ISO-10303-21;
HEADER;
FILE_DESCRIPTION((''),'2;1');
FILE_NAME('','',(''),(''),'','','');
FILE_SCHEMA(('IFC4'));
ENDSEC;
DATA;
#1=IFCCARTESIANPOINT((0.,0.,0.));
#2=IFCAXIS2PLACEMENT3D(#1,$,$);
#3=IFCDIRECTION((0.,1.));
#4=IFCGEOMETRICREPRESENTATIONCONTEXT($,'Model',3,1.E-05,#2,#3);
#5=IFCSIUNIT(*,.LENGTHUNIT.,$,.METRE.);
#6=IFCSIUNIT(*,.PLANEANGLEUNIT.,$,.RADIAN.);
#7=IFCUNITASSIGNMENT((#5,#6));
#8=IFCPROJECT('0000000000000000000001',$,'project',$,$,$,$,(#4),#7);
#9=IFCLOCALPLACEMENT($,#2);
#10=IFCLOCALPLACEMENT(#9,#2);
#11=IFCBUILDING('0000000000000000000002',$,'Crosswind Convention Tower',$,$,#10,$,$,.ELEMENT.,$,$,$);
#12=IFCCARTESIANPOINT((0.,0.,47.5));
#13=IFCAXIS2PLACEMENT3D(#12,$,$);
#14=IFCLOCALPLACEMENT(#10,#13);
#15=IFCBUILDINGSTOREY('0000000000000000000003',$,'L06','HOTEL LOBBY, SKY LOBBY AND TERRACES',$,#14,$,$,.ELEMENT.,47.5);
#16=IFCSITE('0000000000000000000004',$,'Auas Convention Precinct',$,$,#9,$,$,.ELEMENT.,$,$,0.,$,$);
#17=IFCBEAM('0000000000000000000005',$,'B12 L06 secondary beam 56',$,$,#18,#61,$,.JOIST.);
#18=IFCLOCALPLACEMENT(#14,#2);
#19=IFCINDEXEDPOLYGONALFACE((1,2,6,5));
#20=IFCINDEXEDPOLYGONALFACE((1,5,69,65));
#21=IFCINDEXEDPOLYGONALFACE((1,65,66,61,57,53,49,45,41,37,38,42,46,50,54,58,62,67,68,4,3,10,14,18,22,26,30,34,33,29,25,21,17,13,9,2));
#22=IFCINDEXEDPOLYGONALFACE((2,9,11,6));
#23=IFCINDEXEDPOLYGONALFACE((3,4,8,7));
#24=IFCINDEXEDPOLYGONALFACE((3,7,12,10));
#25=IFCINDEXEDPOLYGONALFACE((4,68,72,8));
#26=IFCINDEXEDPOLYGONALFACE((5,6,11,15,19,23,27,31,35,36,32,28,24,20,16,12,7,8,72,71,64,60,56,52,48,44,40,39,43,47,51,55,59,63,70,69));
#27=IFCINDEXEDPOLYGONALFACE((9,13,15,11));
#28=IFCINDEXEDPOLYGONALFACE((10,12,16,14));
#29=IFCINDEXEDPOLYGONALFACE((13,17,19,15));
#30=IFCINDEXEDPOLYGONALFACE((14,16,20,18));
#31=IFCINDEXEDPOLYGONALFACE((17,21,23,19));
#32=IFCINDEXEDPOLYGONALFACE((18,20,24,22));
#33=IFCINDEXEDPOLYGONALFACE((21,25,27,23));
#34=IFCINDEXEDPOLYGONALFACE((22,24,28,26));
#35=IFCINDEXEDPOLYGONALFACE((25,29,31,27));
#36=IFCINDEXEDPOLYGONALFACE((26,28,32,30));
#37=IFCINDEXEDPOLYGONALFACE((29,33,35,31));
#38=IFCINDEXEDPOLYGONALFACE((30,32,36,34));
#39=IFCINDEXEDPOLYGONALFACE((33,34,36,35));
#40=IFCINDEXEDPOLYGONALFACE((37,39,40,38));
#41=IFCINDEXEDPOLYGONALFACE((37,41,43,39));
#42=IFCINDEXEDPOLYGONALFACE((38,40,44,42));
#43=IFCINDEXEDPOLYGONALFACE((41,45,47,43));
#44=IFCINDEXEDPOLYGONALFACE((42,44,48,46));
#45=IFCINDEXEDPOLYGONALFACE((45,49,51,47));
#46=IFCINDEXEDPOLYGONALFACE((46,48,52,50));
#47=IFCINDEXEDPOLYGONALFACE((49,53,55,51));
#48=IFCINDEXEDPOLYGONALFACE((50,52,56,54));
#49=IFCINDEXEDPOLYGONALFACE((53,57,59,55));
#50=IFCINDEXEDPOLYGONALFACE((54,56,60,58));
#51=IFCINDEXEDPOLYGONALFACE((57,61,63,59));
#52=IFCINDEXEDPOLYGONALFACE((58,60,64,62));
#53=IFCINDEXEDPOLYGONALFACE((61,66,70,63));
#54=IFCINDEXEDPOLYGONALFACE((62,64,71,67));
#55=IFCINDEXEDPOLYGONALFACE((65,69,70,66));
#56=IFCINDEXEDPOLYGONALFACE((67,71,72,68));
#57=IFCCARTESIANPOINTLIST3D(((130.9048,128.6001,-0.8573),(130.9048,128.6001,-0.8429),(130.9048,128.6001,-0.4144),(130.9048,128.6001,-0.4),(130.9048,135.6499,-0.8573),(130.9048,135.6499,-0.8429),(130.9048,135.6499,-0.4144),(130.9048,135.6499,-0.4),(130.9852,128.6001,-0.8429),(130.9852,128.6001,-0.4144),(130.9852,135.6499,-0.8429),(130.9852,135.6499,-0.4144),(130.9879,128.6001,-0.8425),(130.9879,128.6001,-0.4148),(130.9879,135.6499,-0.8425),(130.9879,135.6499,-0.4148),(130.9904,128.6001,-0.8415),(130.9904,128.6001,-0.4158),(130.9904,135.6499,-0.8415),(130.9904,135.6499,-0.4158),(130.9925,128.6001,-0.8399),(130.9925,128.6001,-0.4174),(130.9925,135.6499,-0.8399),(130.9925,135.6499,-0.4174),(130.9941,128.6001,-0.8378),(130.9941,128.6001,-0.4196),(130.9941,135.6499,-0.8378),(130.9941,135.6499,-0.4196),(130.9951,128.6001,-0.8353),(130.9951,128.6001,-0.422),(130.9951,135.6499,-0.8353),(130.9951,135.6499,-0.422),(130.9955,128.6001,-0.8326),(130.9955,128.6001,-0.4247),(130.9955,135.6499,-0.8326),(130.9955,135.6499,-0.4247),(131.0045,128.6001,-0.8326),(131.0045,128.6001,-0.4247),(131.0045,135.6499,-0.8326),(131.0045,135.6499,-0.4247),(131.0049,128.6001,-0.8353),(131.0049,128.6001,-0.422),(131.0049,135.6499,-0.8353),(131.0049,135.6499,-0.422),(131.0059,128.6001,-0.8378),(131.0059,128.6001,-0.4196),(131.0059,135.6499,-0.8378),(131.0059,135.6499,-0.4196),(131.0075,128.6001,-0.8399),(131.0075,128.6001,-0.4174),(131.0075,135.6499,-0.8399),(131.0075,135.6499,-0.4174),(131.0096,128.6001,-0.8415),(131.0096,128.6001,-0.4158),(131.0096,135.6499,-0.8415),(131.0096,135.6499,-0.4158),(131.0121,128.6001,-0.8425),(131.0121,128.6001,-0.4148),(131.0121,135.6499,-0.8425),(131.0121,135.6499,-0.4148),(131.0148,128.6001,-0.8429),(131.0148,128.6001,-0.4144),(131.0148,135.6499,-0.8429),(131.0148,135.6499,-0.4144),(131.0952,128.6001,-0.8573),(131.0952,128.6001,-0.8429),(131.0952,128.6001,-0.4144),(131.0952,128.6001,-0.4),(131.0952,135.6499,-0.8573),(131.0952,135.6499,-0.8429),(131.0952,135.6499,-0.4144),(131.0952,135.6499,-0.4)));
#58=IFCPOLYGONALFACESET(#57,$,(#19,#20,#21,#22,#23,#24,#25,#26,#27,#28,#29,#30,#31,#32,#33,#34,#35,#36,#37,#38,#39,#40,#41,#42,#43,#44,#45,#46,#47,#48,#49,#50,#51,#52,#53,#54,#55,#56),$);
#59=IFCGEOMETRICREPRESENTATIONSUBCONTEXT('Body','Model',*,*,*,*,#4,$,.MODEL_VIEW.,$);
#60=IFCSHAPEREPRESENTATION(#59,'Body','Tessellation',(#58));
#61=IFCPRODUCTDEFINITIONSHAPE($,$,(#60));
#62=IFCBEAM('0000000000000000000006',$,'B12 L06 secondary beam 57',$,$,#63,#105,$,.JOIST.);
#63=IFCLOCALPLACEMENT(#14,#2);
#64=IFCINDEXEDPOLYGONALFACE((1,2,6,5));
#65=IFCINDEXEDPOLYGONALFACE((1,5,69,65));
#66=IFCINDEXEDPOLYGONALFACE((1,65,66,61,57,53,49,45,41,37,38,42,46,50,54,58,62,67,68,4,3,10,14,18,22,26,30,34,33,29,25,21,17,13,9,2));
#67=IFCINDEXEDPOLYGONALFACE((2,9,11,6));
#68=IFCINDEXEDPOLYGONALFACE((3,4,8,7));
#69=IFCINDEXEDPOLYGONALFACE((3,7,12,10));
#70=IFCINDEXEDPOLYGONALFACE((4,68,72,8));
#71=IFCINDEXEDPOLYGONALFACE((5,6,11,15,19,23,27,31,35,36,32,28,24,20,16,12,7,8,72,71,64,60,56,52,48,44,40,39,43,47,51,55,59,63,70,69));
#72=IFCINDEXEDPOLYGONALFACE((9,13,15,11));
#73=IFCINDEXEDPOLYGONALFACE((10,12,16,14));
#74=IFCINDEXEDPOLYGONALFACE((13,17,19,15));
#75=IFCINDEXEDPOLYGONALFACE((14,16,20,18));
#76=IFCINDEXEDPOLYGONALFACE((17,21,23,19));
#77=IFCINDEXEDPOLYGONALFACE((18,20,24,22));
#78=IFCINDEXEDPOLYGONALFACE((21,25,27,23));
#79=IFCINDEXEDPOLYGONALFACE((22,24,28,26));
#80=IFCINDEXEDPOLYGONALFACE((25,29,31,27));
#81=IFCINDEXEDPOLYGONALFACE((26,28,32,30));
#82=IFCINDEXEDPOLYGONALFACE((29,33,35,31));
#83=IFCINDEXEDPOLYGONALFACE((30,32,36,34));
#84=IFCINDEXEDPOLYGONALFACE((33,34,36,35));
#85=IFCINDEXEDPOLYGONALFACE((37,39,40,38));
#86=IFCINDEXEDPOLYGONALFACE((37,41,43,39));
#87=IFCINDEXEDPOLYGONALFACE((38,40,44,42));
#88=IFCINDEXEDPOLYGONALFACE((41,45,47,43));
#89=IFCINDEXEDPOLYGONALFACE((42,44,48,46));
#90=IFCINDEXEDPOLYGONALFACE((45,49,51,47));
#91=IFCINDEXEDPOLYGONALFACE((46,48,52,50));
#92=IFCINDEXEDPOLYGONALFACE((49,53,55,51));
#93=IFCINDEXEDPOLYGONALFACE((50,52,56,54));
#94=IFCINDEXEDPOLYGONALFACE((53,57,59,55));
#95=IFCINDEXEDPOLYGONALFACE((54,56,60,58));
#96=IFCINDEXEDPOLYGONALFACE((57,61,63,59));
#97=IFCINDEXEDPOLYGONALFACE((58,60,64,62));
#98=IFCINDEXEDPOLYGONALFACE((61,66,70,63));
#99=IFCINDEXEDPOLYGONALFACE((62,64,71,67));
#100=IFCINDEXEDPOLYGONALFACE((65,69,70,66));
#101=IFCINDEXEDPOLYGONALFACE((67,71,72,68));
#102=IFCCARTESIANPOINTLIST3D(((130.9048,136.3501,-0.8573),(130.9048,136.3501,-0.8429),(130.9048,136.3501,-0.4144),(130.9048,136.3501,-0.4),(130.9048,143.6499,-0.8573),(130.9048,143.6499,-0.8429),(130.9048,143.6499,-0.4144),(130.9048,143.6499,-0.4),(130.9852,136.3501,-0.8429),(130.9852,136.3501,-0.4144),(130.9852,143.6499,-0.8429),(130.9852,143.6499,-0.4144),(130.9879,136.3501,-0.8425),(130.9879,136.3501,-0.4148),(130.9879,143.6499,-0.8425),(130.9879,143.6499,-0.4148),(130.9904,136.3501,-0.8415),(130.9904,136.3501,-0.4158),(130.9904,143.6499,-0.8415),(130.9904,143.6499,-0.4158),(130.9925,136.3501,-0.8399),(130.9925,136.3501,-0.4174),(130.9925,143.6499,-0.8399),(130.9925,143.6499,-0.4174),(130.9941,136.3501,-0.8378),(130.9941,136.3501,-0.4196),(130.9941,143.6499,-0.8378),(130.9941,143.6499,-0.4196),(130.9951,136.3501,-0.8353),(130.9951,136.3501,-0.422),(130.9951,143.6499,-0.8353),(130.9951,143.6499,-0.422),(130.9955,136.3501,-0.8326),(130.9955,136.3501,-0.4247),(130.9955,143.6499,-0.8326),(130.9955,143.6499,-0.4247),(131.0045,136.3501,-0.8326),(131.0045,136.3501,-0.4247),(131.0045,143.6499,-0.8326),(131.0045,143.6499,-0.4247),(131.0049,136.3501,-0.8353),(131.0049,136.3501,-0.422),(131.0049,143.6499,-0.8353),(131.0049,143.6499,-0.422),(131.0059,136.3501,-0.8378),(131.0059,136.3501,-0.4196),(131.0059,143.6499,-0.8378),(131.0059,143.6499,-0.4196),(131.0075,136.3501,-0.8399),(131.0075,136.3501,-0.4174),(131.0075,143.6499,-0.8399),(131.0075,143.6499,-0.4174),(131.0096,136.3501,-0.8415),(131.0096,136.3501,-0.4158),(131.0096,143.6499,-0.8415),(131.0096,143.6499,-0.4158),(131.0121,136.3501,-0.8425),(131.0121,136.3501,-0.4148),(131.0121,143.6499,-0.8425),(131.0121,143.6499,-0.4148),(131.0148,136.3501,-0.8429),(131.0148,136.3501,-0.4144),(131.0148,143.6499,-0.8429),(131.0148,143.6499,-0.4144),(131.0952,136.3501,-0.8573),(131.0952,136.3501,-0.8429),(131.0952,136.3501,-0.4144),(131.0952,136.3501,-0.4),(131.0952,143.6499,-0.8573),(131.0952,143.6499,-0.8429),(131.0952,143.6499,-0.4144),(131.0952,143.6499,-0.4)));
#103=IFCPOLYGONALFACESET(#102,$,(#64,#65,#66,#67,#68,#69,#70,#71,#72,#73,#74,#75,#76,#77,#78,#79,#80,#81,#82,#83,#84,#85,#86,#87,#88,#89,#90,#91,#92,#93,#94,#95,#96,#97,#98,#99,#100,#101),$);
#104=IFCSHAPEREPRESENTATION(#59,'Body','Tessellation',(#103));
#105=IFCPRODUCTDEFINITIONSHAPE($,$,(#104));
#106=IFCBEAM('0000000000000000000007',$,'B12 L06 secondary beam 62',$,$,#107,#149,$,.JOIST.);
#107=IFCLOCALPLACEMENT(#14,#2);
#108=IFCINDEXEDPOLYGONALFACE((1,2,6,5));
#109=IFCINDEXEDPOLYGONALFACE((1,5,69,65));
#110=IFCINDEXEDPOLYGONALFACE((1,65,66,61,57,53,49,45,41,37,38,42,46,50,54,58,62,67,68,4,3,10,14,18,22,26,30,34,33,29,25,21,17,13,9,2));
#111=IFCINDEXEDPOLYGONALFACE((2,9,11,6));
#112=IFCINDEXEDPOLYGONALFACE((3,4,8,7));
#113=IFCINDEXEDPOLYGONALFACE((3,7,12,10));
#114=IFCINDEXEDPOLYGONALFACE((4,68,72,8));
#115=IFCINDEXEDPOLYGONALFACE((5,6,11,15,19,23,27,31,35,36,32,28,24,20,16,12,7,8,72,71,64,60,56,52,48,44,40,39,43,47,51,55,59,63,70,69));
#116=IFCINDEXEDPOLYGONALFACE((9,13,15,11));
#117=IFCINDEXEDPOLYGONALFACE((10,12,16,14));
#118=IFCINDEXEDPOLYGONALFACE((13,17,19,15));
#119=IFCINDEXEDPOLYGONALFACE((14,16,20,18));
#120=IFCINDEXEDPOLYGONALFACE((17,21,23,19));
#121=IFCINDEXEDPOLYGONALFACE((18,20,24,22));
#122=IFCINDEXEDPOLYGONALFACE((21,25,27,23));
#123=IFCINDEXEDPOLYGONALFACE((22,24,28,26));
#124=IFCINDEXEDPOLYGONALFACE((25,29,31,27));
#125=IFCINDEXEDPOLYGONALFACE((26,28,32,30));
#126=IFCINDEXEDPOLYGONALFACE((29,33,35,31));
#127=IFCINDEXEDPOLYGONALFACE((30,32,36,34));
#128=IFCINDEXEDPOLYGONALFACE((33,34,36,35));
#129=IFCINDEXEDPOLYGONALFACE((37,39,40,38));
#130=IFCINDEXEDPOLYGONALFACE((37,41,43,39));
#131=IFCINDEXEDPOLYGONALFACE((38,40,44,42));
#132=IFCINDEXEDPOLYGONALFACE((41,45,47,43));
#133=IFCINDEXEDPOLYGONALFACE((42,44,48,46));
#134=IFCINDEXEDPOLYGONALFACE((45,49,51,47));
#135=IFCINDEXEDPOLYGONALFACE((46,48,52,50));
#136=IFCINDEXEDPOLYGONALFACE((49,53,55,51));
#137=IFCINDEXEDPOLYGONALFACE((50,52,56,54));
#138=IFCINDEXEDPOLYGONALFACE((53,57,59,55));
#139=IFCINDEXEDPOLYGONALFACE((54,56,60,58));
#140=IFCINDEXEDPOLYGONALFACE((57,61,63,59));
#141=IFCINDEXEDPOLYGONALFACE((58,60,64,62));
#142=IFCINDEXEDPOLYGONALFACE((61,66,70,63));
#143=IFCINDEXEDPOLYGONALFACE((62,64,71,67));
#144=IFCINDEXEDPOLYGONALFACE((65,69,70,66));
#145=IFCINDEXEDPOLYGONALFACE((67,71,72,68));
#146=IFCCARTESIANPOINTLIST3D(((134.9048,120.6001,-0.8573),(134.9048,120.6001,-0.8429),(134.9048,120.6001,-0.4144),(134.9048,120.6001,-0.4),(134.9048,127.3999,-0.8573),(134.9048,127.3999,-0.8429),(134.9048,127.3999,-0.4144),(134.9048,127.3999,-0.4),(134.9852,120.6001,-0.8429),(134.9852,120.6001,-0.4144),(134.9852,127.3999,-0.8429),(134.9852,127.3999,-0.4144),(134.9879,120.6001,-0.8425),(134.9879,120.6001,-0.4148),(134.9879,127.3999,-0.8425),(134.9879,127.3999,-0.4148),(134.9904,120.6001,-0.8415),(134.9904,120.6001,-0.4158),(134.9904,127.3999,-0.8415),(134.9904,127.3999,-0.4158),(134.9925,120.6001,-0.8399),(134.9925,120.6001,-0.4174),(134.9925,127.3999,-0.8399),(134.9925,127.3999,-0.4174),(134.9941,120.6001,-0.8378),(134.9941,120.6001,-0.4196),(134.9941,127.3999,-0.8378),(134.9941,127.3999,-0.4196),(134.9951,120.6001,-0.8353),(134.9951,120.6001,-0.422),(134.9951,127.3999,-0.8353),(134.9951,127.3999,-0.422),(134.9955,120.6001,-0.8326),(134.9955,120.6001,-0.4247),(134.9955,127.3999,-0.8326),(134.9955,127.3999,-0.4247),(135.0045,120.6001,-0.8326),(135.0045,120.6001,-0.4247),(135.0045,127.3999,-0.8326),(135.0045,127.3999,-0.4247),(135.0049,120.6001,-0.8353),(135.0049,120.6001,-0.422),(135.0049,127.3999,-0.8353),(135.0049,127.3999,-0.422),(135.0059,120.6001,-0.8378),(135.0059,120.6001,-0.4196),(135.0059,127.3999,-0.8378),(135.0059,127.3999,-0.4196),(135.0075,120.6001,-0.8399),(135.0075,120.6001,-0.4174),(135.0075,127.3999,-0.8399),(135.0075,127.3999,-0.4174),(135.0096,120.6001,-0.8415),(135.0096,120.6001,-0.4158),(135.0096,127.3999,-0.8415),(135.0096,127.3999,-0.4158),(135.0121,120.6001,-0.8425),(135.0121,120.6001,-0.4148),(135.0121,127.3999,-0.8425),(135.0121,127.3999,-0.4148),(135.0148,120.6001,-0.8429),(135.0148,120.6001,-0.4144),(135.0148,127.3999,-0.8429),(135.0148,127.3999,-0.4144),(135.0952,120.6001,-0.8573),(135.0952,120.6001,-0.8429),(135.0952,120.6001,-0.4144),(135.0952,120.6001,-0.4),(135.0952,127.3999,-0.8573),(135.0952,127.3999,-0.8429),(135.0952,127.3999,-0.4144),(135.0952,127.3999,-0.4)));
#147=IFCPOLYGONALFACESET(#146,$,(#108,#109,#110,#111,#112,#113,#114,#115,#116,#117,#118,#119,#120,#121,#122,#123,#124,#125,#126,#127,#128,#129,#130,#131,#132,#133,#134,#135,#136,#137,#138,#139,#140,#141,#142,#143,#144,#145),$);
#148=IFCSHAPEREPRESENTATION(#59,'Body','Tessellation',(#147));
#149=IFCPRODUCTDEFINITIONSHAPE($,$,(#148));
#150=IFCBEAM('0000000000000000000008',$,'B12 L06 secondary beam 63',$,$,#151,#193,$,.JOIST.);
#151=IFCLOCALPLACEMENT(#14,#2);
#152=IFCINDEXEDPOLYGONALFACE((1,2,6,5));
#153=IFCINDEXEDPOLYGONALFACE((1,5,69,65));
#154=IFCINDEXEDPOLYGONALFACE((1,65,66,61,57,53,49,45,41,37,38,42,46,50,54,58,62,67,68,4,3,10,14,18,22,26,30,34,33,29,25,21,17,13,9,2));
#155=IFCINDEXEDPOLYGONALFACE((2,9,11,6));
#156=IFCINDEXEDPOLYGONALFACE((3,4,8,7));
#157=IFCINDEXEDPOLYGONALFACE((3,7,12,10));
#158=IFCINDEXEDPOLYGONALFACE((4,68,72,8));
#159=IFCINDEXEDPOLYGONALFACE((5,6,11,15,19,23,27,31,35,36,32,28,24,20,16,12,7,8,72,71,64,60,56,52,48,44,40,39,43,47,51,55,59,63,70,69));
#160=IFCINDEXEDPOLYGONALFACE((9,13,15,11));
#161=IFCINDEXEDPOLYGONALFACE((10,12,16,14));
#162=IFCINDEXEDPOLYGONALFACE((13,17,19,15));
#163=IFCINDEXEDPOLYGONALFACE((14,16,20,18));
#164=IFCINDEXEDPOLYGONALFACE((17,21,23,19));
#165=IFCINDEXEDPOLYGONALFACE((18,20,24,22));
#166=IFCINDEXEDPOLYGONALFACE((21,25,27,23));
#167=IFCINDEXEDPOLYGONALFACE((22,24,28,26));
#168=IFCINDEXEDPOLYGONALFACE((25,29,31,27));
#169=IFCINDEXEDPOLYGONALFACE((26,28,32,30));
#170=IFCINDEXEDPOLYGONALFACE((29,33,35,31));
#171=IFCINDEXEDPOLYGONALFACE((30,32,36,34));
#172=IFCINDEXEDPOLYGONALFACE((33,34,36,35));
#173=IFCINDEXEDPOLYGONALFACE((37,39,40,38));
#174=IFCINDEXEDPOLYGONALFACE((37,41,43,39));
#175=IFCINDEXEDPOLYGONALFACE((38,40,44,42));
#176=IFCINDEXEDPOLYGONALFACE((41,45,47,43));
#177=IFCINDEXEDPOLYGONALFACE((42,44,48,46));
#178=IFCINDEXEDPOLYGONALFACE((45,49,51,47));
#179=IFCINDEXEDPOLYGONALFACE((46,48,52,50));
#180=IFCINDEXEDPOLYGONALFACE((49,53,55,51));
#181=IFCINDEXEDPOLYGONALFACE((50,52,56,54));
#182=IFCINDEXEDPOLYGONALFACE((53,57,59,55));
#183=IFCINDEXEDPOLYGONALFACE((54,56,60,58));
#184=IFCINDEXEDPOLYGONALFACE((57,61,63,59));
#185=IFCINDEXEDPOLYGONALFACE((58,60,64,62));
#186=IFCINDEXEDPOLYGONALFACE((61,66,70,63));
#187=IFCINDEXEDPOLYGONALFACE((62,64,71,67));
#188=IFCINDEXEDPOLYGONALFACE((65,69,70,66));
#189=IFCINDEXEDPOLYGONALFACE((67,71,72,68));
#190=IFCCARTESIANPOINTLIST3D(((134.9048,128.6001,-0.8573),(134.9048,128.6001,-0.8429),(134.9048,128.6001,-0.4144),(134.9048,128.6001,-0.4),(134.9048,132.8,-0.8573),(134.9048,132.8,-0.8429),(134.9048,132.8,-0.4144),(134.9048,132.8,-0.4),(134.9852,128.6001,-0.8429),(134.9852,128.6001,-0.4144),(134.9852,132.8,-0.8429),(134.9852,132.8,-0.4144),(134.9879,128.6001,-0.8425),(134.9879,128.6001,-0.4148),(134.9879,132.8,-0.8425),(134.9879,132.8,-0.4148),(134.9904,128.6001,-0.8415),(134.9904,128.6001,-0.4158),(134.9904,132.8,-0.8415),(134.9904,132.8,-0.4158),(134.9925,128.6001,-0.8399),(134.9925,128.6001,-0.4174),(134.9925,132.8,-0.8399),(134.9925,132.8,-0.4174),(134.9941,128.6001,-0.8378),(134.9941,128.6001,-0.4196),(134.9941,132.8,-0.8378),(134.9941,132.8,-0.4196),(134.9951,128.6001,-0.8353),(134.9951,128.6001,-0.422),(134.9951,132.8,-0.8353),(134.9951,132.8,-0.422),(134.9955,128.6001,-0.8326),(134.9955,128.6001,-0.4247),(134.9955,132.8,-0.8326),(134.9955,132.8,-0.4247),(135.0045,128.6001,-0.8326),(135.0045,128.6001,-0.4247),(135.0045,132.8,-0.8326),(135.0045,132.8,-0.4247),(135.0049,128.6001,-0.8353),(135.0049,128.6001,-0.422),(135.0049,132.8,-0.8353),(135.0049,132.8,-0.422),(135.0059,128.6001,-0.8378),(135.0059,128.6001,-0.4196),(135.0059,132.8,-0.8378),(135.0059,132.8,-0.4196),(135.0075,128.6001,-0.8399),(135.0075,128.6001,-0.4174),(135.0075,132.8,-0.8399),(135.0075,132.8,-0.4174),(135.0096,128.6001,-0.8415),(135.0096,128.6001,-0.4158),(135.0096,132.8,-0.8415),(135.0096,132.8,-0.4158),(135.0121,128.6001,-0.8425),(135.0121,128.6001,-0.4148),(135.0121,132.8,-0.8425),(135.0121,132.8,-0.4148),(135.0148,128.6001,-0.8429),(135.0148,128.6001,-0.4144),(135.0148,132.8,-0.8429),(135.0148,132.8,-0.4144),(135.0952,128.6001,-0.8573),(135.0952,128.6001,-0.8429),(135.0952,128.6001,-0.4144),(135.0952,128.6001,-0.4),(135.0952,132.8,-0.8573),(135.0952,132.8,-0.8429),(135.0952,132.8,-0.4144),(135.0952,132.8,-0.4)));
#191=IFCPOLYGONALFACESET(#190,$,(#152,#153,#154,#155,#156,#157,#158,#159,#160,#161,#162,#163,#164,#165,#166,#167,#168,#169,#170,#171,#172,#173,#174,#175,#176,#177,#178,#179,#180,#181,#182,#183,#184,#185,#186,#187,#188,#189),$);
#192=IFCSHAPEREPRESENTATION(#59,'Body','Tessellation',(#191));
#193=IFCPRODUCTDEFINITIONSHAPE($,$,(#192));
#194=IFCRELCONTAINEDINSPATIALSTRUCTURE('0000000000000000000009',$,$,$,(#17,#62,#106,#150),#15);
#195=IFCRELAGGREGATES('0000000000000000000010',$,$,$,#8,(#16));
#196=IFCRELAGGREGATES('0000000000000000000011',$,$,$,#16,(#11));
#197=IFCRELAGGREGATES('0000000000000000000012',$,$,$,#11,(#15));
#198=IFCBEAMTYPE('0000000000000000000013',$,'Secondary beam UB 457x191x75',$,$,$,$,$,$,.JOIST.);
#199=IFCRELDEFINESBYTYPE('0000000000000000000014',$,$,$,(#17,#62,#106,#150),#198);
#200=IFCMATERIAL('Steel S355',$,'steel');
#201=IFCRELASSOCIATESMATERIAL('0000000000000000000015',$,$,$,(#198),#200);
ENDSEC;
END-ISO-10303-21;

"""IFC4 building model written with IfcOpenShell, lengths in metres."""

from ifc_helpers import new_model, si_unit, direction, frame, origin, origin_2d, place, context, subcontext, project, spatial, i_section, extrude, material, material_profile, profile_set, type_object, element, save


model = new_model("IFC4")

# Units and contexts
model_context = context("Model", 3, precision=1e-05, world=origin(), true_north=direction((0.0, 1.0)))
body_context = subcontext(model_context, "Body", "Model", "MODEL_VIEW")
ifc_project = project(units=[si_unit("LENGTHUNIT", "METRE"), si_unit("PLANEANGLEUNIT", "RADIAN")], contexts=[model_context])

# Site, building, storey
site_placement = place(None, origin())
site = spatial("IfcSite", under=ifc_project, at=site_placement, Name="Auas Convention Precinct", CompositionType="ELEMENT", RefElevation=0.0)
building_placement = place(site_placement, origin())
building = spatial("IfcBuilding", under=site, at=building_placement, Name="Crosswind Convention Tower", CompositionType="ELEMENT")
storey_placement = place(building_placement, frame((0.0, 0.0, 47.5)))
storey = spatial("IfcBuildingStorey", under=building, at=storey_placement, Name="L06", Description="HOTEL LOBBY, SKY LOBBY AND TERRACES", CompositionType="ELEMENT", Elevation=47.5)

# Beams
ifc_material_1 = material(Name="Steel S355", Category="steel")
ifc_material_profile_1 = material_profile(ifc_material_1, i_section(OverallWidth=0.1904, OverallDepth=0.4573, WebThickness=0.009, FlangeThickness=0.0144, FilletRadius=0.0103, at=origin_2d()), Name="UB 457x191x75")
ifc_profile_set_1 = profile_set([ifc_material_profile_1], Name="Steel S355")
beam_type_1 = type_object("IfcBeamType", Name="Secondary beam UB 457x191x75", PredefinedType="JOIST", material=ifc_profile_set_1)
beam_1_placement = place(storey_placement, frame((131.0, 128.6001, -0.6287), z_axis=(0.0, 1.0, 0.0), x_axis=(-1.0, 0.0, 0.0)))
element("IfcBeam", 1, at=beam_1_placement, inside=storey, type_object=beam_type_1, Name="B12 L06 secondary beam 56", PredefinedType="JOIST", context=body_context, shape_type="SweptSolid", body=[
    extrude(i_section(OverallWidth=0.1904, OverallDepth=0.4573, WebThickness=0.009, FlangeThickness=0.0144, FilletRadius=0.0103, at=origin_2d()), origin(), (0.0, 0.0, 1.0), 7.0498),
])
beam_2_placement = place(storey_placement, frame((131.0, 136.3501, -0.6287), z_axis=(0.0, 1.0, 0.0), x_axis=(-1.0, 0.0, 0.0)))
element("IfcBeam", 2, at=beam_2_placement, inside=storey, type_object=beam_type_1, Name="B12 L06 secondary beam 57", PredefinedType="JOIST", context=body_context, shape_type="SweptSolid", body=[
    extrude(i_section(OverallWidth=0.1904, OverallDepth=0.4573, WebThickness=0.009, FlangeThickness=0.0144, FilletRadius=0.0103, at=origin_2d()), origin(), (0.0, 0.0, 1.0), 7.2998),
])
beam_3_placement = place(storey_placement, frame((135.0, 120.6001, -0.6287), z_axis=(0.0, 1.0, 0.0), x_axis=(-1.0, 0.0, 0.0)))
element("IfcBeam", 3, at=beam_3_placement, inside=storey, type_object=beam_type_1, Name="B12 L06 secondary beam 62", PredefinedType="JOIST", context=body_context, shape_type="SweptSolid", body=[
    extrude(i_section(OverallWidth=0.1904, OverallDepth=0.4573, WebThickness=0.009, FlangeThickness=0.0144, FilletRadius=0.0103, at=origin_2d()), origin(), (0.0, 0.0, 1.0), 6.7998),
])
beam_4_placement = place(storey_placement, frame((135.0, 128.6001, -0.6287), z_axis=(0.0, 1.0, 0.0), x_axis=(-1.0, 0.0, 0.0)))
element("IfcBeam", 4, at=beam_4_placement, inside=storey, type_object=beam_type_1, Name="B12 L06 secondary beam 63", PredefinedType="JOIST", context=body_context, shape_type="SweptSolid", body=[
    extrude(i_section(OverallWidth=0.1904, OverallDepth=0.4573, WebThickness=0.009, FlangeThickness=0.0144, FilletRadius=0.0103, at=origin_2d()), origin(), (0.0, 0.0, 1.0), 4.2),
])

save(model, "model.ifc")
